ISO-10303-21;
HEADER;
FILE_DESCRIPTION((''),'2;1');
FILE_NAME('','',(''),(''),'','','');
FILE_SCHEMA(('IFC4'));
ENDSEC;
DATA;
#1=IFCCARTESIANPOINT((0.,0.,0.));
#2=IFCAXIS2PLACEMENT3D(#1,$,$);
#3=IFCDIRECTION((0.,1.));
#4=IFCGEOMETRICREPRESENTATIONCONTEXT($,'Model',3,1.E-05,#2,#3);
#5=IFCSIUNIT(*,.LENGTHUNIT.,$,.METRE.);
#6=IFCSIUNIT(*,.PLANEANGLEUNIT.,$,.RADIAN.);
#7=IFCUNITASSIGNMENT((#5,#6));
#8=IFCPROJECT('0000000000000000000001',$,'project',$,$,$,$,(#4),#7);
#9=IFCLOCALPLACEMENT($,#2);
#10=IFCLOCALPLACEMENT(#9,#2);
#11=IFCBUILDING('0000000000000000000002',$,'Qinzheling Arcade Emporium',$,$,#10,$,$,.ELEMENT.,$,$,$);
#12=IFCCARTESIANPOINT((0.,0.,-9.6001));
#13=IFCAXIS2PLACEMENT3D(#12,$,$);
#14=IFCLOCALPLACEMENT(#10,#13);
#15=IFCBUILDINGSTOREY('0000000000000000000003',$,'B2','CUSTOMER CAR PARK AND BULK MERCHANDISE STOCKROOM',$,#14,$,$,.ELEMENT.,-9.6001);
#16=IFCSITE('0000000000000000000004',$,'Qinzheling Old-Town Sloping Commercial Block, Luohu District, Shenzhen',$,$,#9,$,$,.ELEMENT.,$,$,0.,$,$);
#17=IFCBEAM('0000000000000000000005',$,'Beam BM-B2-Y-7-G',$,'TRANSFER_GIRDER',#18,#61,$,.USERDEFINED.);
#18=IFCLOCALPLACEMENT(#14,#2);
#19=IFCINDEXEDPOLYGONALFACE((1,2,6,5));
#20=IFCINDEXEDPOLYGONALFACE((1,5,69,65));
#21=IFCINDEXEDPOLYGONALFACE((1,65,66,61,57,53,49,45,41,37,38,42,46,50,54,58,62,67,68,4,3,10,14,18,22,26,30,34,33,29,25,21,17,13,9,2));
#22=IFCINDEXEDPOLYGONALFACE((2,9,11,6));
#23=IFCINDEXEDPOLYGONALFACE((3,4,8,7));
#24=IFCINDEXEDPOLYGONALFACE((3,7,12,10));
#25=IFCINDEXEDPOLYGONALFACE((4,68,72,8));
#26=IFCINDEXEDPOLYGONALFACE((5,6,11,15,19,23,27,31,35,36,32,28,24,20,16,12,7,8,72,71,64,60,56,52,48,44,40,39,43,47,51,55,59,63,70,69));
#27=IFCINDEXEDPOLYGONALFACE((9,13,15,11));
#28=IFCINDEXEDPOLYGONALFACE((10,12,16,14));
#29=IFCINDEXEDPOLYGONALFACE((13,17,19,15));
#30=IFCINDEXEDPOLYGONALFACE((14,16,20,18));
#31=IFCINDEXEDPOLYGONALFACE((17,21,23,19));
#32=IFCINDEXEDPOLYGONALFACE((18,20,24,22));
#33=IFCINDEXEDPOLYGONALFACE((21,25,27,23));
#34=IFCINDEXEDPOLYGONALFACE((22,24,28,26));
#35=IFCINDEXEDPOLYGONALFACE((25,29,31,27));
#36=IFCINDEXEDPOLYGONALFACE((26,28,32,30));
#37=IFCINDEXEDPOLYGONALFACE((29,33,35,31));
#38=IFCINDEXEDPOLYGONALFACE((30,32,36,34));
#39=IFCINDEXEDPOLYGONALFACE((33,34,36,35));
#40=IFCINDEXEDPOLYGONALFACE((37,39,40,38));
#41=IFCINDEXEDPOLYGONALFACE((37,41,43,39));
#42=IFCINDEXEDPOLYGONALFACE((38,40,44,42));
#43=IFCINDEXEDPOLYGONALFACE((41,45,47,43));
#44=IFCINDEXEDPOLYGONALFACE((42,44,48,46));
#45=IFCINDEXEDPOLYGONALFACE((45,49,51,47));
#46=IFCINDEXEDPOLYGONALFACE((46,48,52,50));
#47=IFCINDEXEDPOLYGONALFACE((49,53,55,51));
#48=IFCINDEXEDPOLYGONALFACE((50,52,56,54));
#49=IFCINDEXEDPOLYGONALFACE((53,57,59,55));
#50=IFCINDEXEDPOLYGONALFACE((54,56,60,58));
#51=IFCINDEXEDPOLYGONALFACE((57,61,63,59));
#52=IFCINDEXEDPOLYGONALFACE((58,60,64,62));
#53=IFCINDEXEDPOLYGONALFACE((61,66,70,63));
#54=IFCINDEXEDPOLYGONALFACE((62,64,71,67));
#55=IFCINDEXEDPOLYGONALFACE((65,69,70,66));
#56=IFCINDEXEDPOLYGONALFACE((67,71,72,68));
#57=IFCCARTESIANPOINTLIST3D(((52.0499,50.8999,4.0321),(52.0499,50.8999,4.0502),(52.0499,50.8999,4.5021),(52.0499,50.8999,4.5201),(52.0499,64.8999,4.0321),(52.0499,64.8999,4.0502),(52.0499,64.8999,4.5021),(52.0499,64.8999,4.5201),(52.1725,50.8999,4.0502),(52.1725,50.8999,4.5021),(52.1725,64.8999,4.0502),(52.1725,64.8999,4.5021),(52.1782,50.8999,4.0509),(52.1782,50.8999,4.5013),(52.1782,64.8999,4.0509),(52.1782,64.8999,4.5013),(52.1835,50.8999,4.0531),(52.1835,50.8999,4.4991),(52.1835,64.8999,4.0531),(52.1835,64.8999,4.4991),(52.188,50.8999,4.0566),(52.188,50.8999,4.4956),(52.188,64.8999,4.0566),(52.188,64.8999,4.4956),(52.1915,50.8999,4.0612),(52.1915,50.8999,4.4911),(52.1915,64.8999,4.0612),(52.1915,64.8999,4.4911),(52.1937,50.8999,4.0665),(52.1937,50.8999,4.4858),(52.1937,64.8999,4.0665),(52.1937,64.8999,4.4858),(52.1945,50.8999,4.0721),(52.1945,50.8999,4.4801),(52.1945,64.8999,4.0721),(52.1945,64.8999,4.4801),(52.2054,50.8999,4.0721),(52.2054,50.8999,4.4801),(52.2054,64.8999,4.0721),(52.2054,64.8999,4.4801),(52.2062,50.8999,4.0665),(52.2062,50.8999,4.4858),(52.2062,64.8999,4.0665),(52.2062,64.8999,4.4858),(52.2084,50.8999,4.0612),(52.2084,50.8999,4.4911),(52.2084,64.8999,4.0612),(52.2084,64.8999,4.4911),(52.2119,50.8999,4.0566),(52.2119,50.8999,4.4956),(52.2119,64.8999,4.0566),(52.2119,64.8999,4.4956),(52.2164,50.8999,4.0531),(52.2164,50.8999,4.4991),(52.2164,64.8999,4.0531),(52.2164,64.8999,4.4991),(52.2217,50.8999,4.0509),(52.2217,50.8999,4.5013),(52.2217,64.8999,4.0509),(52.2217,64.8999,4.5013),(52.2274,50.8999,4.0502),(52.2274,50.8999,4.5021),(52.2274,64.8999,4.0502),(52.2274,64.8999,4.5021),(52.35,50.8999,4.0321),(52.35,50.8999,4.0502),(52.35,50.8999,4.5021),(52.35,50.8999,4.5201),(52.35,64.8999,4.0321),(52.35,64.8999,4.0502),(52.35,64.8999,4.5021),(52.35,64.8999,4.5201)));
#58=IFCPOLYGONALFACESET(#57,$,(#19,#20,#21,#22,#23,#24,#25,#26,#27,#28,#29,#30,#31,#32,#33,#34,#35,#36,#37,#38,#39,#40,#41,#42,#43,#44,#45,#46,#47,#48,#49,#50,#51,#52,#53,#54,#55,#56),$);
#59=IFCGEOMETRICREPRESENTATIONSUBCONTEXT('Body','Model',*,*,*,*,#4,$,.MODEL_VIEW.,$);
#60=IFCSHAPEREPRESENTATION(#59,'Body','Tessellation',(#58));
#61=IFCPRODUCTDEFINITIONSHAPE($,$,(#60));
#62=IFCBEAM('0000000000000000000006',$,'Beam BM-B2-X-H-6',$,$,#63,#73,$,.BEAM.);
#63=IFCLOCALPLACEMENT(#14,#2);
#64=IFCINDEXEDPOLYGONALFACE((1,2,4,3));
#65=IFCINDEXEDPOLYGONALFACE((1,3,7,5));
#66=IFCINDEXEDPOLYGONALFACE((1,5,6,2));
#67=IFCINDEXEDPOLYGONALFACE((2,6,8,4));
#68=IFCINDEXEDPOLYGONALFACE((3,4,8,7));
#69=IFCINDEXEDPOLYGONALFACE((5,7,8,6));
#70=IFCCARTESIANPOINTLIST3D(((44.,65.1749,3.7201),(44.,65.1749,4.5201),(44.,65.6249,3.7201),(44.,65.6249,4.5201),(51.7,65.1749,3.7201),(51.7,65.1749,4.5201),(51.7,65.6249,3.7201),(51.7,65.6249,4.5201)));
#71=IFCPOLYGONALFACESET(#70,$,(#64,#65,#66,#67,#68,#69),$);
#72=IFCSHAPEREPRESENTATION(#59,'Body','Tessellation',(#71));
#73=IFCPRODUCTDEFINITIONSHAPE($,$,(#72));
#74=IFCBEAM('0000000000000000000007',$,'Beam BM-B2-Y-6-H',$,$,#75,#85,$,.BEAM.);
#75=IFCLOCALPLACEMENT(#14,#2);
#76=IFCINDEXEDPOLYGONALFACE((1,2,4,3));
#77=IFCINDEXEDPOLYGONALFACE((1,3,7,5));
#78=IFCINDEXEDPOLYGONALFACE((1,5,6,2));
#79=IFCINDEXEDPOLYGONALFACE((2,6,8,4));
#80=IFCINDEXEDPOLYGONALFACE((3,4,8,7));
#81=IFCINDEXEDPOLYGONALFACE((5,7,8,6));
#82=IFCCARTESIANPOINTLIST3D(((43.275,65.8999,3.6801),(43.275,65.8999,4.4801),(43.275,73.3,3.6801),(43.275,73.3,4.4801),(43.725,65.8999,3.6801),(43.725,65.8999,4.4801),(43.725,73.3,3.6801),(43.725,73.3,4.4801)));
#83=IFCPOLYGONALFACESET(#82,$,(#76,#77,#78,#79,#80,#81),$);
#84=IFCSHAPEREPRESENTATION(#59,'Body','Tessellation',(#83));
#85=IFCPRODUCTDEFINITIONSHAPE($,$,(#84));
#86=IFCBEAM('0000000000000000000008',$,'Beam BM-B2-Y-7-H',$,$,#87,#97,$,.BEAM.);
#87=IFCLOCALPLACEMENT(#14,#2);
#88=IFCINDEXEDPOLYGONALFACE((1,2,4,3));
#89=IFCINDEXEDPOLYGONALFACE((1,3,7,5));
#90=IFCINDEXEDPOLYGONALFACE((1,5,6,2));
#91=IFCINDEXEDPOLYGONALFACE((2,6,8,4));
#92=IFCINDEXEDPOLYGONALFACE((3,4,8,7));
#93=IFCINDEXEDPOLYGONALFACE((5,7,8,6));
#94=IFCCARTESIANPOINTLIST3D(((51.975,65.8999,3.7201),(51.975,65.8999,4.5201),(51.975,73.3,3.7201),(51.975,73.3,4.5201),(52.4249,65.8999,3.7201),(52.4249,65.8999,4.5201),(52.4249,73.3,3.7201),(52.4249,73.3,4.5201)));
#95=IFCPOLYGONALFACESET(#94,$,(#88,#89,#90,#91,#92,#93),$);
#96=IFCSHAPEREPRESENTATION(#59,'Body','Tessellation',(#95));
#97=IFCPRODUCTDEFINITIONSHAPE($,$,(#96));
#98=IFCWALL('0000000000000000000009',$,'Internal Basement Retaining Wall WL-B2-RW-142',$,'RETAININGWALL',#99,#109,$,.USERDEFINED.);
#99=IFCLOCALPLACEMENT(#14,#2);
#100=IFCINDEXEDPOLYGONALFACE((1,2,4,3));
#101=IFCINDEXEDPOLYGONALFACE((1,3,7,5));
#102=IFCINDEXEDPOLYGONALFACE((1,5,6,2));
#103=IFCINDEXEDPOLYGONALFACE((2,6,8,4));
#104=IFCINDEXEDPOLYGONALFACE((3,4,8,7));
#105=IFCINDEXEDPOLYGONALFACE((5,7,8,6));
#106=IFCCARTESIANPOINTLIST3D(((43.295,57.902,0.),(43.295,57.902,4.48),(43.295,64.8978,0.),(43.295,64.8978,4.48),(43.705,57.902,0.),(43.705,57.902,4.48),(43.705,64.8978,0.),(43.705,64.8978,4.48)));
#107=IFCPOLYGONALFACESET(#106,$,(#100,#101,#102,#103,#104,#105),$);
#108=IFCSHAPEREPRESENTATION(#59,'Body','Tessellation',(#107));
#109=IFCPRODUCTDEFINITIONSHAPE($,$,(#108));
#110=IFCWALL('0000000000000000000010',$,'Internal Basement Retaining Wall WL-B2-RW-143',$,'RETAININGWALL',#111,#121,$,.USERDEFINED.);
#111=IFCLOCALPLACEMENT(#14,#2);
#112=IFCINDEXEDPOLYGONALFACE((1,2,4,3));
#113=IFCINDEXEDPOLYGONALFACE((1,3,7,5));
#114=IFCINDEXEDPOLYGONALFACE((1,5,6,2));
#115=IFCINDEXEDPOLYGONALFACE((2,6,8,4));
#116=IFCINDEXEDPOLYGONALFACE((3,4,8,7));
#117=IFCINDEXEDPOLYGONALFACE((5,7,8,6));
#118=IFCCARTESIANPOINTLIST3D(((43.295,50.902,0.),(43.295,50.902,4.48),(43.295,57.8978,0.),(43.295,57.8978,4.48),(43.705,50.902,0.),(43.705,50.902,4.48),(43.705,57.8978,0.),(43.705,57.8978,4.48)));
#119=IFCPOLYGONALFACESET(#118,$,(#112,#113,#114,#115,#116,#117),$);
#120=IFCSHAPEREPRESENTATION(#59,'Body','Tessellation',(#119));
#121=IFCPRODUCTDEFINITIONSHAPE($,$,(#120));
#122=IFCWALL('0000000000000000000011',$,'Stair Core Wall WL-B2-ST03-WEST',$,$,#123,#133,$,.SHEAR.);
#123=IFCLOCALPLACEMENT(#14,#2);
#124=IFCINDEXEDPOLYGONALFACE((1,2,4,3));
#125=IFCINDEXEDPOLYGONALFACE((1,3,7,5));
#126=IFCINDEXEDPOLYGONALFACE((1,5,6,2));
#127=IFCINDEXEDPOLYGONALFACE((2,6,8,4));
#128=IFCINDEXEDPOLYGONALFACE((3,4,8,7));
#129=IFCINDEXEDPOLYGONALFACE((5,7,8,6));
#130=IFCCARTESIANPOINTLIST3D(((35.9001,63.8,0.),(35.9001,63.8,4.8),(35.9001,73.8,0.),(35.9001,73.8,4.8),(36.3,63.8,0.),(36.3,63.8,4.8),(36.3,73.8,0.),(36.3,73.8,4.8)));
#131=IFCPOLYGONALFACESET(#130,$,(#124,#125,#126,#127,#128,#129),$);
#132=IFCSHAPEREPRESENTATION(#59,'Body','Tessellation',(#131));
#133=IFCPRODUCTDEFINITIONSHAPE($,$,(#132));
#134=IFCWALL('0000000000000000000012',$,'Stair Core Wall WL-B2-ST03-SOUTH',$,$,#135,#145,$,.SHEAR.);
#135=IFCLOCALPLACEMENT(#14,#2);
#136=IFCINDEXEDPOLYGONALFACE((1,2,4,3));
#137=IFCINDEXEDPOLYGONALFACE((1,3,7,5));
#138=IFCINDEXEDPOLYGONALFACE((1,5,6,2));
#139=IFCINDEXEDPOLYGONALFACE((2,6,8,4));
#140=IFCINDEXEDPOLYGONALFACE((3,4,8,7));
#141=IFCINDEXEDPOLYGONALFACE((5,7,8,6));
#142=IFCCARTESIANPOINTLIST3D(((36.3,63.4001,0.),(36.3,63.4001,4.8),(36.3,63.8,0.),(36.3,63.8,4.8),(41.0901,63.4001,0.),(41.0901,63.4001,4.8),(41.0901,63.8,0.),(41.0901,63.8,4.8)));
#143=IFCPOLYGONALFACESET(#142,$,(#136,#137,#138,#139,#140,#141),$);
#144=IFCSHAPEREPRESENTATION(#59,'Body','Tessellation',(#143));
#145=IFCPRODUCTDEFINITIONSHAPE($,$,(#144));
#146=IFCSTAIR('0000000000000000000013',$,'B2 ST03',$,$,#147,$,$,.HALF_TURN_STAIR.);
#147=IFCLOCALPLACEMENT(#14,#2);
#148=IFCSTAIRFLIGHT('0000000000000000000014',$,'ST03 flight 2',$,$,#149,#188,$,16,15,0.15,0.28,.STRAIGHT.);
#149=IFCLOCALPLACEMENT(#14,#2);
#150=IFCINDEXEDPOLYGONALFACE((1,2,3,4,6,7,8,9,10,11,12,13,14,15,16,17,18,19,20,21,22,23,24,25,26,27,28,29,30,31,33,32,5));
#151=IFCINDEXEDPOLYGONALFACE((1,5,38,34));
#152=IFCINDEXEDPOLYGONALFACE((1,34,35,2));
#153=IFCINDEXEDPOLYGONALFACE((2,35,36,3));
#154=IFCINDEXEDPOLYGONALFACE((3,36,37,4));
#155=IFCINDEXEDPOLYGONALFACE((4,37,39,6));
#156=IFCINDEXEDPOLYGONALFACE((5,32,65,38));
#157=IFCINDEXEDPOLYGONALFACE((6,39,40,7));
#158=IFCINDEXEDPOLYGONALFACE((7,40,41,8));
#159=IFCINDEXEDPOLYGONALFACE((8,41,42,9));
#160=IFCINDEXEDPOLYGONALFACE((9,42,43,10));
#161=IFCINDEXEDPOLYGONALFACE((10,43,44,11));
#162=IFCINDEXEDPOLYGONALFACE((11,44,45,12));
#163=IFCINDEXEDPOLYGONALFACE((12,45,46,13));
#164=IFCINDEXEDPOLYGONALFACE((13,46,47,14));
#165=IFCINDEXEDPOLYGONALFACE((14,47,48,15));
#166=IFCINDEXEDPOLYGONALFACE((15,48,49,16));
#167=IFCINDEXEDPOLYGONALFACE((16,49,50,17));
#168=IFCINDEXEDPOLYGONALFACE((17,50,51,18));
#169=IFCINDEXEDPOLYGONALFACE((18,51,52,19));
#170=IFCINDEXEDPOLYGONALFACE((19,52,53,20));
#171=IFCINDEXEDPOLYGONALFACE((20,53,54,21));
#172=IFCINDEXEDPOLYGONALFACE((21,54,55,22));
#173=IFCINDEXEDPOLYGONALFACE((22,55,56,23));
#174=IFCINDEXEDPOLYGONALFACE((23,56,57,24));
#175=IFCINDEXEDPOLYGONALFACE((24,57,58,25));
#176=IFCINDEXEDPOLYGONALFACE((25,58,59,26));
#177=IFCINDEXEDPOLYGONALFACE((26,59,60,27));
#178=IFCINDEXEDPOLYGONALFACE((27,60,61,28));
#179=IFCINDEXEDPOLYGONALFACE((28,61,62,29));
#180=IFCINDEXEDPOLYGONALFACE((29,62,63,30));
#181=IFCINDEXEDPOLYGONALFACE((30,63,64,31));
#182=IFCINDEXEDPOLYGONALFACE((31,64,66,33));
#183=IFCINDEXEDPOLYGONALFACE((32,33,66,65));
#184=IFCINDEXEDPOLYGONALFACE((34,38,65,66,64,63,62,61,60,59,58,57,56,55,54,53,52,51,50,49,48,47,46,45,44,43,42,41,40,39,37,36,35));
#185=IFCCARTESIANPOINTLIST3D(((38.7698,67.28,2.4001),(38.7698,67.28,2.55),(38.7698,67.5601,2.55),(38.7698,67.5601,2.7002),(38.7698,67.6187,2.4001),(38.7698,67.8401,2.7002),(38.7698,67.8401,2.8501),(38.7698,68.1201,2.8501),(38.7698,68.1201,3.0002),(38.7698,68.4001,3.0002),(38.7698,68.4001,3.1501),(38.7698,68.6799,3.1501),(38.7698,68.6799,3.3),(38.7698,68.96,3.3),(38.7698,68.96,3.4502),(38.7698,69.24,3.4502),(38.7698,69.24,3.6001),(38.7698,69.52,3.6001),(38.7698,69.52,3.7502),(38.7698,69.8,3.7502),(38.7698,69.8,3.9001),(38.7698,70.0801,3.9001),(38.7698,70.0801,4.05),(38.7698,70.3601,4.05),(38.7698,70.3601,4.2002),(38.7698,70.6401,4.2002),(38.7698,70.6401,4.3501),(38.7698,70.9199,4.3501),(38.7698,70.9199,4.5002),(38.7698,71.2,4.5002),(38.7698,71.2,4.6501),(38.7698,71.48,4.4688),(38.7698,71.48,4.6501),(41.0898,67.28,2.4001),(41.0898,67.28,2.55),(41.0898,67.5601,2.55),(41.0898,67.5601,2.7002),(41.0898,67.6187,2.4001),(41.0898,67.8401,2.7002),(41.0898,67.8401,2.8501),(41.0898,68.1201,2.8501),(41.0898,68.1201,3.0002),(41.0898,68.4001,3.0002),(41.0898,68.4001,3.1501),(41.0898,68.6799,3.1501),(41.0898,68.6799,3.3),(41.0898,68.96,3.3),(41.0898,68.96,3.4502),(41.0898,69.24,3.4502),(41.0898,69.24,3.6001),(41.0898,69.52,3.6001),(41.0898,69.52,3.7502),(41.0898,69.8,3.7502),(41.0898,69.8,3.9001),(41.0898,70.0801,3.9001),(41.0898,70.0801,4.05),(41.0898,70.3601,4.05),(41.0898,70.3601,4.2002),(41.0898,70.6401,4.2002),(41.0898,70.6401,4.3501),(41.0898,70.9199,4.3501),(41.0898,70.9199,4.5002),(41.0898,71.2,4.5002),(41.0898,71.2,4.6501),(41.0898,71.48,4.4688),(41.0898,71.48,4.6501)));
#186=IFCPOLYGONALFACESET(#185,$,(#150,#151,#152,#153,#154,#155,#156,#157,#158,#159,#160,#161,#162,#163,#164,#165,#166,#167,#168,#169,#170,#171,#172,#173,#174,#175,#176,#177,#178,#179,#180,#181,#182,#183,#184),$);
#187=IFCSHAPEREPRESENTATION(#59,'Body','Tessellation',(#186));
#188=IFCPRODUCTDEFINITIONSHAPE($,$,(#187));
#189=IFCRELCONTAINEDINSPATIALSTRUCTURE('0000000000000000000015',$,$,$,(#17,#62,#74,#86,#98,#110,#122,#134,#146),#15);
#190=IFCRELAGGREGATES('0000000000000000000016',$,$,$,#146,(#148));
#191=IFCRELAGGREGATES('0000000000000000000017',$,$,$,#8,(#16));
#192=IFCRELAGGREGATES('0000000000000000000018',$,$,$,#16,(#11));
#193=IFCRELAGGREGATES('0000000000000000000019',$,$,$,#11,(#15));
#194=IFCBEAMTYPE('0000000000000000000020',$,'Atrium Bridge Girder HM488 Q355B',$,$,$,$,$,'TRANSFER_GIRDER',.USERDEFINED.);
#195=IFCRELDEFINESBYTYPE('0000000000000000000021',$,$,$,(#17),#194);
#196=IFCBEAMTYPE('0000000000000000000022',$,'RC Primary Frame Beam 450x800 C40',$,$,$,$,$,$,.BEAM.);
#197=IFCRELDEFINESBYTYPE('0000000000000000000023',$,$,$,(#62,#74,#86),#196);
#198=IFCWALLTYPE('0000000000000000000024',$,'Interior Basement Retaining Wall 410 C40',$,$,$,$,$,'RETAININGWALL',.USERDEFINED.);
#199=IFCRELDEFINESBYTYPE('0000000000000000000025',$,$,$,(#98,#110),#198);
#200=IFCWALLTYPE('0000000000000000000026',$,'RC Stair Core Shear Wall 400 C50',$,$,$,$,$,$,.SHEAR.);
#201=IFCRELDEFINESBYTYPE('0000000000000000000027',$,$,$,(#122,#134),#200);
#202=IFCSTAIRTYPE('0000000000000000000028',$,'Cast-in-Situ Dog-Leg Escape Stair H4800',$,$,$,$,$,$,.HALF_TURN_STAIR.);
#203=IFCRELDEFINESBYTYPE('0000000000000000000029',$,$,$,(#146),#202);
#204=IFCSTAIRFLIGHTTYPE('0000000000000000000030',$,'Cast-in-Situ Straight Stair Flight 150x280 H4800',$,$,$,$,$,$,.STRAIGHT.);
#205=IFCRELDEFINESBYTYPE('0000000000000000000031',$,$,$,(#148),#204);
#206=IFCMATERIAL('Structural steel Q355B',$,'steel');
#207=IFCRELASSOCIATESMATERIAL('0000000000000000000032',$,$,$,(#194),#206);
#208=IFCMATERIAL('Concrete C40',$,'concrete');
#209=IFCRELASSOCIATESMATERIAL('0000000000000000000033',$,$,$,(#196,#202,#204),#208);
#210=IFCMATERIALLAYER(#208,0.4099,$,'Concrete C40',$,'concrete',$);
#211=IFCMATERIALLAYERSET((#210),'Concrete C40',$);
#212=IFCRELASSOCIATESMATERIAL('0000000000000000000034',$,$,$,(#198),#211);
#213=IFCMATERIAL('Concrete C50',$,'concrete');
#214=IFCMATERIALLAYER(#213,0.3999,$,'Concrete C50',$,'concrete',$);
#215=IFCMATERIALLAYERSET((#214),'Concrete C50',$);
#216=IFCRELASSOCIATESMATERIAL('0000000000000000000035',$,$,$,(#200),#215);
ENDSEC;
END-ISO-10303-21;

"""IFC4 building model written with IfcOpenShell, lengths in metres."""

from ifc_helpers import new_model, si_unit, direction, frame, frame_2d, origin, origin_2d, place, context, subcontext, project, spatial, polyline, rectangle, i_section, outline, extrude, material, layer, layer_set, material_profile, profile_set, type_object, element, aggregate, save


model = new_model("IFC4")

# Units and contexts
model_context = context("Model", 3, precision=1e-05, world=origin(), true_north=direction((0.0, 1.0)))
body_context = subcontext(model_context, "Body", "Model", "MODEL_VIEW")
ifc_project = project(units=[si_unit("LENGTHUNIT", "METRE"), si_unit("PLANEANGLEUNIT", "RADIAN")], contexts=[model_context])

# Site, building, storey
site_placement = place(None, origin())
site = spatial("IfcSite", under=ifc_project, at=site_placement, Name="Qinzheling Old-Town Sloping Commercial Block, Luohu District, Shenzhen", CompositionType="ELEMENT", RefElevation=0.0)
building_placement = place(site_placement, origin())
building = spatial("IfcBuilding", under=site, at=building_placement, Name="Qinzheling Arcade Emporium", CompositionType="ELEMENT")
storey_placement = place(building_placement, frame((0.0, 0.0, -9.6001)))
storey = spatial("IfcBuildingStorey", under=building, at=storey_placement, Name="B2", Description="CUSTOMER CAR PARK AND BULK MERCHANDISE STOCKROOM", CompositionType="ELEMENT", Elevation=-9.6001)

# Shared definitions
ifc_material_1 = material(Name="Concrete C40", Category="concrete")

# Shared definitions
ifc_material_2 = material(Name="Concrete C50", Category="concrete")

# Beams
ifc_material_3 = material(Name="Structural steel Q355B", Category="steel")
ifc_material_profile_1 = material_profile(ifc_material_3, i_section(OverallWidth=0.3, OverallDepth=0.488, WebThickness=0.011, FlangeThickness=0.0181, FilletRadius=0.022, at=origin_2d()), Name="HM 488x300x11x18", Category="steel")
ifc_profile_set_1 = profile_set([ifc_material_profile_1], Name="Structural steel Q355B")
beam_type_1 = type_object("IfcBeamType", Name="Atrium Bridge Girder HM488 Q355B", ElementType="TRANSFER_GIRDER", PredefinedType="USERDEFINED", material=ifc_profile_set_1)
for number, where, z_axis, x_axis, name in (
    (1, (52.2, 50.8999, 4.2761), (0.0, 1.0, 0.0), (-1.0, 0.0, 0.0), "Beam BM-B2-Y-7-G"),
):
    element("IfcBeam", number, at=place(storey_placement, frame(where, z_axis=z_axis, x_axis=x_axis)), inside=storey, type_object=beam_type_1, Name=name, ObjectType="TRANSFER_GIRDER", PredefinedType="USERDEFINED", context=body_context, shape_type="SweptSolid", body=[
        extrude(i_section(OverallWidth=0.3, OverallDepth=0.488, WebThickness=0.011, FlangeThickness=0.0181, FilletRadius=0.022, at=origin_2d()), origin(), (0.0, 0.0, 1.0), 14.0),
    ])
ifc_material_profile_2 = material_profile(ifc_material_1, rectangle(XDim=0.45, YDim=0.8, at=origin_2d()), Name="RC 450x800", Category="concrete")
ifc_profile_set_2 = profile_set([ifc_material_profile_2], Name="Concrete C40")
beam_type_2 = type_object("IfcBeamType", Name="RC Primary Frame Beam 450x800 C40", PredefinedType="BEAM", material=ifc_profile_set_2)
beam_placement = place(storey_placement, frame((44.0, 65.3999, 4.1201), z_axis=(1.0, 0.0, 0.0), x_axis=(0.0, 1.0, 0.0)))
element("IfcBeam", 2, at=beam_placement, inside=storey, type_object=beam_type_2, Name="Beam BM-B2-X-H-6", PredefinedType="BEAM", context=body_context, shape_type="SweptSolid", body=[
    extrude(rectangle(XDim=0.45, YDim=0.8, at=origin_2d()), origin(), (0.0, 0.0, 1.0), 7.7),
])
for number, where, z_axis, x_axis, name in (
    (3, (43.5, 65.8999, 4.0801), (0.0, 1.0, 0.0), (-1.0, 0.0, 0.0), "Beam BM-B2-Y-6-H"),
    (4, (52.2, 65.8999, 4.1201), (0.0, 1.0, 0.0), (-1.0, 0.0, 0.0), "Beam BM-B2-Y-7-H"),
):
    element("IfcBeam", number, at=place(storey_placement, frame(where, z_axis=z_axis, x_axis=x_axis)), inside=storey, type_object=beam_type_2, Name=name, PredefinedType="BEAM", context=body_context, shape_type="SweptSolid", body=[
        extrude(rectangle(XDim=0.45, YDim=0.8, at=origin_2d()), origin(), (0.0, 0.0, 1.0), 7.4001),
    ])

# Walls
ifc_layer_1 = layer(ifc_material_1, 0.4099, Name="Concrete C40", Category="concrete")
ifc_layer_set_1 = layer_set([ifc_layer_1], Name="Concrete C40")
wall_type_1 = type_object("IfcWallType", Name="Interior Basement Retaining Wall 410 C40", ElementType="RETAININGWALL", PredefinedType="USERDEFINED", material=ifc_layer_set_1)
for number, where, z_axis, x_axis, name in (
    (5, (43.5, 64.8979, 0.0), (0.0, 0.0, 1.0), (0.0, -1.0, 0.0), "Internal Basement Retaining Wall WL-B2-RW-142"),
    (6, (43.5, 57.8979, 0.0), (0.0, 0.0, 1.0), (0.0, -1.0, 0.0), "Internal Basement Retaining Wall WL-B2-RW-143"),
):
    element("IfcWall", number, at=place(storey_placement, frame(where, z_axis=z_axis, x_axis=x_axis)), inside=storey, type_object=wall_type_1, Name=name, ObjectType="RETAININGWALL", PredefinedType="USERDEFINED", context=body_context, shape_type="SweptSolid", body=[
        extrude(rectangle(XDim=6.9958, YDim=0.4099, at=frame_2d((3.498, 0.0))), origin(), (0.0, 0.0, 1.0), 4.48),
    ])
ifc_layer_2 = layer(ifc_material_2, 0.3999, Name="Concrete C50", Category="concrete")
ifc_layer_set_2 = layer_set([ifc_layer_2], Name="Concrete C50")
wall_type_2 = type_object("IfcWallType", Name="RC Stair Core Shear Wall 400 C50", PredefinedType="SHEAR", material=ifc_layer_set_2)
wall_1_placement = place(storey_placement, frame((36.1001, 63.8, 0.0), z_axis=(0.0, 0.0, 1.0), x_axis=(0.0, 1.0, 0.0)))
element("IfcWall", 7, at=wall_1_placement, inside=storey, type_object=wall_type_2, Name="Stair Core Wall WL-B2-ST03-WEST", PredefinedType="SHEAR", context=body_context, shape_type="SweptSolid", body=[
    extrude(rectangle(XDim=10.0, YDim=0.3999, at=frame_2d((5.0, 0.0))), origin(), (0.0, 0.0, 1.0), 4.8),
])
wall_2_placement = place(storey_placement, frame((41.0901, 63.6001, 0.0), z_axis=(0.0, 0.0, 1.0), x_axis=(-1.0, 0.0, 0.0)))
element("IfcWall", 8, at=wall_2_placement, inside=storey, type_object=wall_type_2, Name="Stair Core Wall WL-B2-ST03-SOUTH", PredefinedType="SHEAR", context=body_context, shape_type="SweptSolid", body=[
    extrude(rectangle(XDim=4.79, YDim=0.3999, at=frame_2d((2.395, 0.0))), origin(), (0.0, 0.0, 1.0), 4.8),
])

# Stair, stair flight
stair_type = type_object("IfcStairType", Name="Cast-in-Situ Dog-Leg Escape Stair H4800", PredefinedType="HALF_TURN_STAIR", material=ifc_material_1)
stair_placement = place(storey_placement, origin())
stair = element("IfcStair", 9, at=stair_placement, inside=storey, type_object=stair_type, Name="B2 ST03", PredefinedType="HALF_TURN_STAIR")
stair_flight_type = type_object("IfcStairFlightType", Name="Cast-in-Situ Straight Stair Flight 150x280 H4800", PredefinedType="STRAIGHT", material=ifc_material_1)
stair_flight_placement = place(storey_placement, frame((39.9299, 67.28, 2.4001), z_axis=(0.0, 0.0, 1.0), x_axis=(0.0, 1.0, 0.0)))
stair_flight = element("IfcStairFlight", 10, at=stair_flight_placement, type_object=stair_flight_type, Name="ST03 flight 2", NumberOfRisers=16, NumberOfTreads=15, PredefinedType="STRAIGHT", RiserHeight=0.15, TreadLength=0.28, context=body_context, shape_type="SweptSolid", body=[
    extrude(outline(polyline([(0.0, 0.0), (0.0, 0.1499), (0.28, 0.1499), (0.28, 0.3), (0.5601, 0.3), (0.5601, 0.45), (0.8401, 0.45), (0.8401, 0.6001), (1.1201, 0.6001), (1.1201, 0.75), (1.3999, 0.75), (1.3999, 0.8999), (1.6799, 0.8999), (1.6799, 1.05), (1.96, 1.05), (1.96, 1.2), (2.24, 1.2), (2.24, 1.3501), (2.52, 1.3501), (2.52, 1.5), (2.8, 1.5), (2.8, 1.6499), (3.0801, 1.6499), (3.0801, 1.8), (3.3601, 1.8), (3.3601, 1.95), (3.6399, 1.95), (3.6399, 2.1001), (3.9199, 2.1001), (3.9199, 2.25), (4.2, 2.25), (4.2, 2.3999), (4.2, 2.0686), (0.3386, 0.0), (0.0, 0.0)])), frame((0.0, 1.1602, 0.0), z_axis=(0.0, -1.0, 0.0), x_axis=(1.0, 0.0, 0.0)), (0.0, 0.0, 1.0), 2.3201),
])
aggregate(stair, [stair_flight])

save(model, "model.ifc")
